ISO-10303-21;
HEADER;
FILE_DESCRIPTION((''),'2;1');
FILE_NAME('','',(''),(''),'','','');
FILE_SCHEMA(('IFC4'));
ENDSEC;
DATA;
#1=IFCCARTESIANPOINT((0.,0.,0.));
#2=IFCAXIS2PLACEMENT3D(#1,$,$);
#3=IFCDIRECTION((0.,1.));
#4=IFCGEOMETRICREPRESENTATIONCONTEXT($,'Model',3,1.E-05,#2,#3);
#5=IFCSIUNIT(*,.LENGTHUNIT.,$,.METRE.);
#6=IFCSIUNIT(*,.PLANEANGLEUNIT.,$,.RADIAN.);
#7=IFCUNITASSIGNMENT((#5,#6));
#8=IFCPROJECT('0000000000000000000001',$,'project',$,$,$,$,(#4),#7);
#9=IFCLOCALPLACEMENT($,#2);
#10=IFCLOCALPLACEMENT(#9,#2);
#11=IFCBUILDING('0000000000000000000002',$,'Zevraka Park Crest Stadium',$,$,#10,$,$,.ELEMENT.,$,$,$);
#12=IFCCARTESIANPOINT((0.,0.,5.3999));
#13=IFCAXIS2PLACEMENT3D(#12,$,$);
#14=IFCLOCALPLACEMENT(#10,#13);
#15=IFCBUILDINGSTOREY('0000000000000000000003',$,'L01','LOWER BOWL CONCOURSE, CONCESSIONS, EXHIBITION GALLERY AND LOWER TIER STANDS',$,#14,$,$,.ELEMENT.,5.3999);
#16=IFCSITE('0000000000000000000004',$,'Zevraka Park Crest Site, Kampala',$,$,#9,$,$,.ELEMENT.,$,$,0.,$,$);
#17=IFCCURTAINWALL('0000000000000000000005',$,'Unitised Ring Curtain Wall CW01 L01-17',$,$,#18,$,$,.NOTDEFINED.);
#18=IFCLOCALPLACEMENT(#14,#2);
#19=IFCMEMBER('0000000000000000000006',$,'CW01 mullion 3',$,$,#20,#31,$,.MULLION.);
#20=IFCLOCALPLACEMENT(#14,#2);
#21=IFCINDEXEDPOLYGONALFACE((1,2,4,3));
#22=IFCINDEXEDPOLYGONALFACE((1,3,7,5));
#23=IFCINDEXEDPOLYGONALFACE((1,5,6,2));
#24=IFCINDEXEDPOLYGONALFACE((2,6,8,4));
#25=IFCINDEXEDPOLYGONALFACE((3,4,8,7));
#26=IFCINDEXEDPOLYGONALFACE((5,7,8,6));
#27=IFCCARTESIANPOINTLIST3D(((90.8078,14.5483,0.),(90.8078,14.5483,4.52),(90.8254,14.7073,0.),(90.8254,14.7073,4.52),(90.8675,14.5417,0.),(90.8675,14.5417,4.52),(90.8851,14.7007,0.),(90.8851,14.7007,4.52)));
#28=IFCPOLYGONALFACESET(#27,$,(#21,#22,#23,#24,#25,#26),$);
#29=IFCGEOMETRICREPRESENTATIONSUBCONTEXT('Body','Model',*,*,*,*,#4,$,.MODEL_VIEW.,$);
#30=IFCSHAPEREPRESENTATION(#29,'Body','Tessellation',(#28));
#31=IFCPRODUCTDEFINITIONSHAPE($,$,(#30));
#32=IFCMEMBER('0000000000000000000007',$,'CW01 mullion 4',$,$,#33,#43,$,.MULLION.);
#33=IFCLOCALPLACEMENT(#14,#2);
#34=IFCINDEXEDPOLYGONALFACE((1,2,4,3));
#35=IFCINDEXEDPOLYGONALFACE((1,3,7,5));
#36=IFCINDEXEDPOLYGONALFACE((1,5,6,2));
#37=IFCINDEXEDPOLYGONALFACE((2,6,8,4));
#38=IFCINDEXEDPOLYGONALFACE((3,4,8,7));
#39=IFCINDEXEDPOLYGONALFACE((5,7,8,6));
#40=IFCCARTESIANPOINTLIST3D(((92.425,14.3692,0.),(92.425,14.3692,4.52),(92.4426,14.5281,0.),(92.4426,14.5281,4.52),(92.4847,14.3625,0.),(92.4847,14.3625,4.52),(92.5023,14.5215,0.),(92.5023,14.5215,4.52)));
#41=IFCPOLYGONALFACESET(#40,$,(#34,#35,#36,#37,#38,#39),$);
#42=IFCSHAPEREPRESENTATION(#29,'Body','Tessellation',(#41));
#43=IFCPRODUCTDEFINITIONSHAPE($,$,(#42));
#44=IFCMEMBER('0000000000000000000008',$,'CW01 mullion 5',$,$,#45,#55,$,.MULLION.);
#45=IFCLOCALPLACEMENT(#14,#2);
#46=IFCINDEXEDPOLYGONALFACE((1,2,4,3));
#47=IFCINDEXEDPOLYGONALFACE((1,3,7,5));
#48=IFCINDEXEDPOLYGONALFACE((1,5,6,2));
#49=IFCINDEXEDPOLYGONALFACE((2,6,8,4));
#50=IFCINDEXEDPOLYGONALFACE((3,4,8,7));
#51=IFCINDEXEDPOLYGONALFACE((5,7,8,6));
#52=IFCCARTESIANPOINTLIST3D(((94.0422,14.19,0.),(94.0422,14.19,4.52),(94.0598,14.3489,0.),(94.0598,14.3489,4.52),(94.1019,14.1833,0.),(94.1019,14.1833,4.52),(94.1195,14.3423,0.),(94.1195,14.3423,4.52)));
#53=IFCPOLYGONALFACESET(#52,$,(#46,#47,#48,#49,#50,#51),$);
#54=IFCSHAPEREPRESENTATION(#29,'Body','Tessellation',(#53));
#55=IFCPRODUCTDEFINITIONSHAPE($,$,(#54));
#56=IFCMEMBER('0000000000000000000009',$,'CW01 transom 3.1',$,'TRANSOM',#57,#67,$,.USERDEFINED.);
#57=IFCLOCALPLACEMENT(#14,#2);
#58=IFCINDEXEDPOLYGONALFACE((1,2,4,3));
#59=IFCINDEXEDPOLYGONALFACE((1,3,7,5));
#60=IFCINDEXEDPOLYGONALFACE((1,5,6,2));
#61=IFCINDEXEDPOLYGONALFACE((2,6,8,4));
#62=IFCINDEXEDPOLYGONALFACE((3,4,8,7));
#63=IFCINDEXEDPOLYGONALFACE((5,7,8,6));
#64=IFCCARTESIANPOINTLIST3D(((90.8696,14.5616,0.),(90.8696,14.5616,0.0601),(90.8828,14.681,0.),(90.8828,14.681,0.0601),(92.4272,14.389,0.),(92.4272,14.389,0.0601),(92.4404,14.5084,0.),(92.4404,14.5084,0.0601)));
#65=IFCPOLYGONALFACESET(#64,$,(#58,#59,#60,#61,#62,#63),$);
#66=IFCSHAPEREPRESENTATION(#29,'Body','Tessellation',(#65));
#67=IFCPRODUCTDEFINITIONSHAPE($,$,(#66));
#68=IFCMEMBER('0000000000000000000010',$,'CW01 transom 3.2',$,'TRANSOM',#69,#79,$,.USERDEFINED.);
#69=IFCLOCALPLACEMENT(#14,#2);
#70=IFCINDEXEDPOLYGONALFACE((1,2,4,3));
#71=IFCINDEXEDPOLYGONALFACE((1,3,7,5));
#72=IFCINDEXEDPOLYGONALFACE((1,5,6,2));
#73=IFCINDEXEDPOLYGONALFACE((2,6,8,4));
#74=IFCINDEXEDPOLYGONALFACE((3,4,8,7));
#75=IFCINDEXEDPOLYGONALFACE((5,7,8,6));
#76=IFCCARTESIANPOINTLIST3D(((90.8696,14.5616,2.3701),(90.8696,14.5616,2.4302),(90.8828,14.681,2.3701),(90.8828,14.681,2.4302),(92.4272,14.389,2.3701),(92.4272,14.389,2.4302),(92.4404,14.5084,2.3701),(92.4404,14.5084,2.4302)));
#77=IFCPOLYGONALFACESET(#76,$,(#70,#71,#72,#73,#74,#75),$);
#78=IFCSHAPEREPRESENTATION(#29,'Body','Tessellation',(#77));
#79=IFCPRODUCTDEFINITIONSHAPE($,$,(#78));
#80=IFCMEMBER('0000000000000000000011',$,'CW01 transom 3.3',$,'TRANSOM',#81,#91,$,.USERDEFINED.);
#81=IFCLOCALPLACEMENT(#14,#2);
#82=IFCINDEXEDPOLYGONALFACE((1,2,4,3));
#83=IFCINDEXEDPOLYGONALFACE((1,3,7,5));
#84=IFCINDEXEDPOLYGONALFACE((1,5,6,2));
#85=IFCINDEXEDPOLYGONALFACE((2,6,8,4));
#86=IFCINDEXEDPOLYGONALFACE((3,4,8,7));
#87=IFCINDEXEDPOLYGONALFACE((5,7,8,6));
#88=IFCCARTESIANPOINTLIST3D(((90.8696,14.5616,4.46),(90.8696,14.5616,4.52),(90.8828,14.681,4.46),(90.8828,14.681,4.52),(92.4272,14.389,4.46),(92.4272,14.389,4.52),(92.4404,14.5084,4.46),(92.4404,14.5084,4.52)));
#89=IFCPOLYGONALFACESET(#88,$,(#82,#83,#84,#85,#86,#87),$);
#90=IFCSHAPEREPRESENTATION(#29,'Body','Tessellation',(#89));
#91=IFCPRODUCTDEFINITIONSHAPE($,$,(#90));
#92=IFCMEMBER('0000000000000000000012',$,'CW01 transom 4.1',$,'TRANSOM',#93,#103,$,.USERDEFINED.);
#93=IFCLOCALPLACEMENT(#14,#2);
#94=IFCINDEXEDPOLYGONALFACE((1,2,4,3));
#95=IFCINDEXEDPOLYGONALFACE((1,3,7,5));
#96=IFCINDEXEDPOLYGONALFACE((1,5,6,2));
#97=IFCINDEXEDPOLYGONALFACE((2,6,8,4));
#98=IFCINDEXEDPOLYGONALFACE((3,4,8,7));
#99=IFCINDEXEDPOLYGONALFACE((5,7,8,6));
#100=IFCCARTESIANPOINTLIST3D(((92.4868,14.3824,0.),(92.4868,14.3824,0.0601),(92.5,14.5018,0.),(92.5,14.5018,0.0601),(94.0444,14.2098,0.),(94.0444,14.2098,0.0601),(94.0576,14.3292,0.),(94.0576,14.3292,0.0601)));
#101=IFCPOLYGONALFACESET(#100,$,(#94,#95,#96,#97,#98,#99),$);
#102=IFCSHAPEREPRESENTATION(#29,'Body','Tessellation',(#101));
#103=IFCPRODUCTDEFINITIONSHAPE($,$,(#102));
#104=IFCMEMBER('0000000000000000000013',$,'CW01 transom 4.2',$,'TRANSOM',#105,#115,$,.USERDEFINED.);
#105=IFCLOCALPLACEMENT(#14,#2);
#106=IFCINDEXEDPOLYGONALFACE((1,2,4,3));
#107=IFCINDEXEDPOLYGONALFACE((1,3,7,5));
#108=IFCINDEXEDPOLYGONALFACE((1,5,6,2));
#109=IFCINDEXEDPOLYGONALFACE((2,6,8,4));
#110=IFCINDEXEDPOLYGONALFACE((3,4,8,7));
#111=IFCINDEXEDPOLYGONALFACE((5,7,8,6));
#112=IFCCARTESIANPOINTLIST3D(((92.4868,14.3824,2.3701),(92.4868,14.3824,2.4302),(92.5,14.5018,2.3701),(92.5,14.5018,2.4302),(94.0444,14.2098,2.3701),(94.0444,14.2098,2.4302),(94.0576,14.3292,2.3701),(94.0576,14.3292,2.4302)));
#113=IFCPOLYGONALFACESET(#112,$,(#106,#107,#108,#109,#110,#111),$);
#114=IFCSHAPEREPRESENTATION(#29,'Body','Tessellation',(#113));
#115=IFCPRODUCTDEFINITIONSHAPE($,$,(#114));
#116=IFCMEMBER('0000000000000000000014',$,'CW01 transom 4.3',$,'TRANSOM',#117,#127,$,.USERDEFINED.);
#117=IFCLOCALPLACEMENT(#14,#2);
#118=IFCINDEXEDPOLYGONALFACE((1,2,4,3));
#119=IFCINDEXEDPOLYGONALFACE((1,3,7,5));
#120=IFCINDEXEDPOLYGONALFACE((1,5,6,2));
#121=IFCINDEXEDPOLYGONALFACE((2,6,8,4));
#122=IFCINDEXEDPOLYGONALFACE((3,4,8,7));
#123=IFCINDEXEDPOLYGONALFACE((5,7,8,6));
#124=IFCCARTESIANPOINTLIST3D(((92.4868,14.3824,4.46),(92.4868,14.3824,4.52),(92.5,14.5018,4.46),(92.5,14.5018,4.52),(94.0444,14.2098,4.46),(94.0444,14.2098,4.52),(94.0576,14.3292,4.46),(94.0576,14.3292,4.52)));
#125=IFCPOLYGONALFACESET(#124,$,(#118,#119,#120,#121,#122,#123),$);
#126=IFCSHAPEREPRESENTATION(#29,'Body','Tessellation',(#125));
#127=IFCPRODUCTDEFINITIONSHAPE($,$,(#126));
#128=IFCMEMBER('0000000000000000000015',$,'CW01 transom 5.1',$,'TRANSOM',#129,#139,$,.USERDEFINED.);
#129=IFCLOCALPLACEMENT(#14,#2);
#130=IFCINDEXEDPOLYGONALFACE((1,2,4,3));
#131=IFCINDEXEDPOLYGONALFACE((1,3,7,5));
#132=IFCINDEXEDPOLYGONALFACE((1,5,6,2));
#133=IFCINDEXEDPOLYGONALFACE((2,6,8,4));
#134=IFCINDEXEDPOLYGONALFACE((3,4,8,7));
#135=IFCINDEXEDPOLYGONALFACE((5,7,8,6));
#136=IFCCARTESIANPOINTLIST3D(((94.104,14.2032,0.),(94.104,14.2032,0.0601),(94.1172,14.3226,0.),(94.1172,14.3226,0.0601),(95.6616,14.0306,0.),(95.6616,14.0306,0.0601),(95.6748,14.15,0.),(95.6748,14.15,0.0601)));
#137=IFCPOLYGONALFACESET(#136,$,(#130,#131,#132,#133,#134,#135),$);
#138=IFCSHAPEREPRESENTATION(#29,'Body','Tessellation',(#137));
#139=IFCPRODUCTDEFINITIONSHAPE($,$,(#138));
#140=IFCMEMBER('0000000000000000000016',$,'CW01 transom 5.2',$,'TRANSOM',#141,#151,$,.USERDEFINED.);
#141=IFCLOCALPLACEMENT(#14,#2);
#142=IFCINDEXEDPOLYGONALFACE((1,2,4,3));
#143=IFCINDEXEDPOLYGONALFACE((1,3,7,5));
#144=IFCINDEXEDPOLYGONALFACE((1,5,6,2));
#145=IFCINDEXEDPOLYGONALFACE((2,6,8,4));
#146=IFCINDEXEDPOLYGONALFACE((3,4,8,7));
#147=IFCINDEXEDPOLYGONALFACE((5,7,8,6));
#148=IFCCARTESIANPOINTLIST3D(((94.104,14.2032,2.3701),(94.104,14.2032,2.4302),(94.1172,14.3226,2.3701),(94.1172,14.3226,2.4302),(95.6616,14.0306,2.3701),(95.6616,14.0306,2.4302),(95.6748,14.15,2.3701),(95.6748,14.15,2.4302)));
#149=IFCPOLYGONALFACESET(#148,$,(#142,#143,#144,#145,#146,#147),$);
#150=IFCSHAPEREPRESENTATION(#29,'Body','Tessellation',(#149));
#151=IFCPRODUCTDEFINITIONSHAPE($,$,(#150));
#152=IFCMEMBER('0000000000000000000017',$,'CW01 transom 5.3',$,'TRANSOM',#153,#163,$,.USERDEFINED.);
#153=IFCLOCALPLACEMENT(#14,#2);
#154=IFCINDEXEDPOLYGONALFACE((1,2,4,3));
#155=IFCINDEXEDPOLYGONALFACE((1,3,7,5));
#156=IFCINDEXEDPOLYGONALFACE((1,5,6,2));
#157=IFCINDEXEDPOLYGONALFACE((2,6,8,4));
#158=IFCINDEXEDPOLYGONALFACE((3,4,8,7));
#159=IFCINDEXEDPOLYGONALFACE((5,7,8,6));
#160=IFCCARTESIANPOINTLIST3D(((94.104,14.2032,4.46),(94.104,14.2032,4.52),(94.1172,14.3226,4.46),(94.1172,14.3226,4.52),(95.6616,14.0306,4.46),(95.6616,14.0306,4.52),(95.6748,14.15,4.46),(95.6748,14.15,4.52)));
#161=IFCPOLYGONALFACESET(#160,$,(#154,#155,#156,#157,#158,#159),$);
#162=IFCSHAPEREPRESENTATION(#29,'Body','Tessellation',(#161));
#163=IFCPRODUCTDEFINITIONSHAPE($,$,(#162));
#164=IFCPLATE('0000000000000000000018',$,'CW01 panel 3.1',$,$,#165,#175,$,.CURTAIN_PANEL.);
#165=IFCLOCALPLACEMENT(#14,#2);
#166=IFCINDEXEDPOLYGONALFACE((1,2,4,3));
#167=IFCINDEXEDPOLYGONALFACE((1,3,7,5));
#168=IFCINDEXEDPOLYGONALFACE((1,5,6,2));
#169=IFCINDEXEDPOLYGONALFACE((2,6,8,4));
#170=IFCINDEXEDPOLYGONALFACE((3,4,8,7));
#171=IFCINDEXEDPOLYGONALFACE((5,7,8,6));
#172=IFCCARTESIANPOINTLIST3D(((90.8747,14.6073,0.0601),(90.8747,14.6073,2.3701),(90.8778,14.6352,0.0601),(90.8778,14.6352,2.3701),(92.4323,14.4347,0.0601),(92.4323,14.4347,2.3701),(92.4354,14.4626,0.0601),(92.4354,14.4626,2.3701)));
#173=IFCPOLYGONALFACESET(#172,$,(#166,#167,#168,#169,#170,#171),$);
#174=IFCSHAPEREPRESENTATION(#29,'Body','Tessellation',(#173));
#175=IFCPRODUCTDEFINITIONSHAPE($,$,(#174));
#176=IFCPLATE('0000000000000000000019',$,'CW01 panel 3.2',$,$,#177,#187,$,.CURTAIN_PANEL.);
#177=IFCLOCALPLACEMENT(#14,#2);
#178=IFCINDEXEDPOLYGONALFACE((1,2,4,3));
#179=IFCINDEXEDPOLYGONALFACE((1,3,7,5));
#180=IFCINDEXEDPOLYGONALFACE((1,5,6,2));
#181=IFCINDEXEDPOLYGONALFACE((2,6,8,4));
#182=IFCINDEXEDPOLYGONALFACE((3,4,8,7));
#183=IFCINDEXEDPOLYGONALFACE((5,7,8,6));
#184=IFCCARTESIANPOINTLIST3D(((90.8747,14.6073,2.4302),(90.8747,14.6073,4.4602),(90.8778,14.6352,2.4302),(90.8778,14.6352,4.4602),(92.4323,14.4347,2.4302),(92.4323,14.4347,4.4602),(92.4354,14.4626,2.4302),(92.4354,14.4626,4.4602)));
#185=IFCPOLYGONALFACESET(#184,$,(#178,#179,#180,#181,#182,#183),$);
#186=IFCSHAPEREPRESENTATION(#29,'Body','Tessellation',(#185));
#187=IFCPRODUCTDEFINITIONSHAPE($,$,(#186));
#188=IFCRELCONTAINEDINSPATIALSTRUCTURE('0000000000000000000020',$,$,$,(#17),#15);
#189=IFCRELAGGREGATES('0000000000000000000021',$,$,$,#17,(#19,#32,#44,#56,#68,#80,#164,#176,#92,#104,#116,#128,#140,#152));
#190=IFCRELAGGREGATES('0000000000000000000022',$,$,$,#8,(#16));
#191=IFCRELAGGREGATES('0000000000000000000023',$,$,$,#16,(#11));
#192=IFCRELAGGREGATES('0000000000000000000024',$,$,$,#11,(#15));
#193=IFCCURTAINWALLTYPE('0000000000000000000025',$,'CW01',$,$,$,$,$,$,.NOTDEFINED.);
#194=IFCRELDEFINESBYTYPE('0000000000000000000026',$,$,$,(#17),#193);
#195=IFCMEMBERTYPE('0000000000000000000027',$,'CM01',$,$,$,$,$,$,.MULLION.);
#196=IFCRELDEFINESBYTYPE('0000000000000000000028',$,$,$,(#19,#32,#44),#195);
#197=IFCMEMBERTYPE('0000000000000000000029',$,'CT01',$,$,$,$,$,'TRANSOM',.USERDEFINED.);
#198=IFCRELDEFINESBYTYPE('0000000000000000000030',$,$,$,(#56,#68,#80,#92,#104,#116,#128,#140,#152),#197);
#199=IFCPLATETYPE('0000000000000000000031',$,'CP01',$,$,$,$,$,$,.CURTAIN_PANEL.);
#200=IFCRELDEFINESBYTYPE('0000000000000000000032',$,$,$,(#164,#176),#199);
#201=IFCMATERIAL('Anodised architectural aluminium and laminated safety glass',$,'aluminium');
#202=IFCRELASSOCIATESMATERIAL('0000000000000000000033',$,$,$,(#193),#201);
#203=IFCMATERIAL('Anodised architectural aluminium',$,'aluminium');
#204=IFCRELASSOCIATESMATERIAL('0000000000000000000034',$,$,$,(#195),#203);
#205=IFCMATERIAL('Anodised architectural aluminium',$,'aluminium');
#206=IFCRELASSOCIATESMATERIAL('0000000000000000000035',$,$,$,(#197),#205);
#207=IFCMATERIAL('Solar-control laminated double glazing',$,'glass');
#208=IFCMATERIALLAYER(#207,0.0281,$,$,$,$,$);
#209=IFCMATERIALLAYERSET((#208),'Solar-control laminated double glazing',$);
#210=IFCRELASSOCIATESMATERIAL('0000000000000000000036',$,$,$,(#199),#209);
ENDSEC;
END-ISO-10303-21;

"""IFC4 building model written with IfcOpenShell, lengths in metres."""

from ifc_helpers import new_model, si_unit, direction, frame, origin, origin_2d, place, context, subcontext, project, spatial, rectangle, extrude, material, layer, layer_set, material_profile, profile_set, type_object, element, aggregate, save


model = new_model("IFC4")

# Units and contexts
model_context = context("Model", 3, precision=1e-05, world=origin(), true_north=direction((0.0, 1.0)))
body_context = subcontext(model_context, "Body", "Model", "MODEL_VIEW")
ifc_project = project(units=[si_unit("LENGTHUNIT", "METRE"), si_unit("PLANEANGLEUNIT", "RADIAN")], contexts=[model_context])

# Site, building, storey
site_placement = place(None, origin())
site = spatial("IfcSite", under=ifc_project, at=site_placement, Name="Zevraka Park Crest Site, Kampala", CompositionType="ELEMENT", RefElevation=0.0)
building_placement = place(site_placement, origin())
building = spatial("IfcBuilding", under=site, at=building_placement, Name="Zevraka Park Crest Stadium", CompositionType="ELEMENT")
storey_placement = place(building_placement, frame((0.0, 0.0, 5.3999)))
storey = spatial("IfcBuildingStorey", under=building, at=storey_placement, Name="L01", Description="LOWER BOWL CONCOURSE, CONCESSIONS, EXHIBITION GALLERY AND LOWER TIER STANDS", CompositionType="ELEMENT", Elevation=5.3999)

# Curtain wall, members, plates
ifc_material_1 = material(Name="Anodised architectural aluminium and laminated safety glass", Category="aluminium")
curtain_wall_type = type_object("IfcCurtainWallType", Name="CW01", PredefinedType="NOTDEFINED", material=ifc_material_1)
curtain_wall_placement = place(storey_placement, origin())
curtain_wall = element("IfcCurtainWall", 1, at=curtain_wall_placement, inside=storey, type_object=curtain_wall_type, Name="Unitised Ring Curtain Wall CW01 L01-17", PredefinedType="NOTDEFINED")
ifc_material_2 = material(Name="Anodised architectural aluminium", Category="aluminium")
ifc_material_profile_1 = material_profile(ifc_material_2, rectangle(XDim=0.1599, YDim=0.0601, at=origin_2d()), Name="ALU MULLION 160x60")
ifc_profile_set_1 = profile_set([ifc_material_profile_1], Name="Anodised architectural aluminium")
member_type_1 = type_object("IfcMemberType", Name="CM01", PredefinedType="MULLION", material=ifc_profile_set_1)
member_1_placement = place(storey_placement, frame((90.8464, 14.6245, 0.0), z_axis=(0.0, 0.0, 1.0), x_axis=(0.110135, 0.993917, 0.0)))
member_1 = element("IfcMember", 2, at=member_1_placement, type_object=member_type_1, Name="CW01 mullion 3", PredefinedType="MULLION", context=body_context, shape_type="SweptSolid", body=[
    extrude(rectangle(XDim=0.1599, YDim=0.0601, at=origin_2d()), origin(), (0.0, 0.0, 1.0), 4.52),
])
member_2_placement = place(storey_placement, frame((92.4636, 14.4453, 0.0), z_axis=(0.0, 0.0, 1.0), x_axis=(0.110135, 0.993917, 0.0)))
member_2 = element("IfcMember", 3, at=member_2_placement, type_object=member_type_1, Name="CW01 mullion 4", PredefinedType="MULLION", context=body_context, shape_type="SweptSolid", body=[
    extrude(rectangle(XDim=0.1599, YDim=0.0601, at=origin_2d()), origin(), (0.0, 0.0, 1.0), 4.52),
])
member_3_placement = place(storey_placement, frame((94.0808, 14.2661, 0.0), z_axis=(0.0, 0.0, 1.0), x_axis=(0.110135, 0.993917, 0.0)))
member_3 = element("IfcMember", 4, at=member_3_placement, type_object=member_type_1, Name="CW01 mullion 5", PredefinedType="MULLION", context=body_context, shape_type="SweptSolid", body=[
    extrude(rectangle(XDim=0.1599, YDim=0.0601, at=origin_2d()), origin(), (0.0, 0.0, 1.0), 4.52),
])
ifc_material_3 = material(Name="Anodised architectural aluminium", Category="aluminium")
ifc_material_profile_2 = material_profile(ifc_material_3, rectangle(XDim=0.1201, YDim=0.0601, at=origin_2d()), Name="ALU TRANSOM 120x60")
ifc_profile_set_2 = profile_set([ifc_material_profile_2], Name="Anodised architectural aluminium")
member_type_2 = type_object("IfcMemberType", Name="CT01", ElementType="TRANSOM", PredefinedType="USERDEFINED", material=ifc_profile_set_2)
member_4_placement = place(storey_placement, frame((90.8762, 14.6213, 0.03), z_axis=(0.993916, -0.110141, 0.0), x_axis=(0.110141, 0.993916, 0.0)))
member_4 = element("IfcMember", 5, at=member_4_placement, type_object=member_type_2, Name="CW01 transom 3.1", ObjectType="TRANSOM", PredefinedType="USERDEFINED", context=body_context, shape_type="SweptSolid", body=[
    extrude(rectangle(XDim=0.1201, YDim=0.0601, at=origin_2d()), origin(), (0.0, 0.0, 1.0), 1.5671),
])
member_5_placement = place(storey_placement, frame((90.8762, 14.6213, 2.4001), z_axis=(0.993916, -0.110141, 0.0), x_axis=(0.110141, 0.993916, 0.0)))
member_5 = element("IfcMember", 6, at=member_5_placement, type_object=member_type_2, Name="CW01 transom 3.2", ObjectType="TRANSOM", PredefinedType="USERDEFINED", context=body_context, shape_type="SweptSolid", body=[
    extrude(rectangle(XDim=0.1201, YDim=0.0601, at=origin_2d()), origin(), (0.0, 0.0, 1.0), 1.5671),
])
member_6_placement = place(storey_placement, frame((90.8762, 14.6213, 4.49), z_axis=(0.993916, -0.110141, 0.0), x_axis=(0.110141, 0.993916, 0.0)))
member_6 = element("IfcMember", 7, at=member_6_placement, type_object=member_type_2, Name="CW01 transom 3.3", ObjectType="TRANSOM", PredefinedType="USERDEFINED", context=body_context, shape_type="SweptSolid", body=[
    extrude(rectangle(XDim=0.1201, YDim=0.0601, at=origin_2d()), origin(), (0.0, 0.0, 1.0), 1.5671),
])
member_7_placement = place(storey_placement, frame((92.4934, 14.4421, 0.03), z_axis=(0.993916, -0.110141, 0.0), x_axis=(0.110141, 0.993916, 0.0)))
member_7 = element("IfcMember", 8, at=member_7_placement, type_object=member_type_2, Name="CW01 transom 4.1", ObjectType="TRANSOM", PredefinedType="USERDEFINED", context=body_context, shape_type="SweptSolid", body=[
    extrude(rectangle(XDim=0.1201, YDim=0.0601, at=origin_2d()), origin(), (0.0, 0.0, 1.0), 1.5671),
])
member_8_placement = place(storey_placement, frame((92.4934, 14.4421, 2.4001), z_axis=(0.993916, -0.110141, 0.0), x_axis=(0.110141, 0.993916, 0.0)))
member_8 = element("IfcMember", 9, at=member_8_placement, type_object=member_type_2, Name="CW01 transom 4.2", ObjectType="TRANSOM", PredefinedType="USERDEFINED", context=body_context, shape_type="SweptSolid", body=[
    extrude(rectangle(XDim=0.1201, YDim=0.0601, at=origin_2d()), origin(), (0.0, 0.0, 1.0), 1.5671),
])
member_9_placement = place(storey_placement, frame((92.4934, 14.4421, 4.49), z_axis=(0.993916, -0.110141, 0.0), x_axis=(0.110141, 0.993916, 0.0)))
member_9 = element("IfcMember", 10, at=member_9_placement, type_object=member_type_2, Name="CW01 transom 4.3", ObjectType="TRANSOM", PredefinedType="USERDEFINED", context=body_context, shape_type="SweptSolid", body=[
    extrude(rectangle(XDim=0.1201, YDim=0.0601, at=origin_2d()), origin(), (0.0, 0.0, 1.0), 1.5671),
])
member_10_placement = place(storey_placement, frame((94.1106, 14.2629, 0.03), z_axis=(0.993916, -0.110141, 0.0), x_axis=(0.110141, 0.993916, 0.0)))
member_10 = element("IfcMember", 11, at=member_10_placement, type_object=member_type_2, Name="CW01 transom 5.1", ObjectType="TRANSOM", PredefinedType="USERDEFINED", context=body_context, shape_type="SweptSolid", body=[
    extrude(rectangle(XDim=0.1201, YDim=0.0601, at=origin_2d()), origin(), (0.0, 0.0, 1.0), 1.5671),
])
member_11_placement = place(storey_placement, frame((94.1106, 14.2629, 2.4001), z_axis=(0.993916, -0.110141, 0.0), x_axis=(0.110141, 0.993916, 0.0)))
member_11 = element("IfcMember", 12, at=member_11_placement, type_object=member_type_2, Name="CW01 transom 5.2", ObjectType="TRANSOM", PredefinedType="USERDEFINED", context=body_context, shape_type="SweptSolid", body=[
    extrude(rectangle(XDim=0.1201, YDim=0.0601, at=origin_2d()), origin(), (0.0, 0.0, 1.0), 1.5671),
])
member_12_placement = place(storey_placement, frame((94.1106, 14.2629, 4.49), z_axis=(0.993916, -0.110141, 0.0), x_axis=(0.110141, 0.993916, 0.0)))
member_12 = element("IfcMember", 13, at=member_12_placement, type_object=member_type_2, Name="CW01 transom 5.3", ObjectType="TRANSOM", PredefinedType="USERDEFINED", context=body_context, shape_type="SweptSolid", body=[
    extrude(rectangle(XDim=0.1201, YDim=0.0601, at=origin_2d()), origin(), (0.0, 0.0, 1.0), 1.5671),
])
ifc_material_4 = material(Name="Solar-control laminated double glazing", Category="glass")
ifc_layer_1 = layer(ifc_material_4, 0.0281)
ifc_layer_set_1 = layer_set([ifc_layer_1], Name="Solar-control laminated double glazing")
plate_type = type_object("IfcPlateType", Name="CP01", PredefinedType="CURTAIN_PANEL", material=ifc_layer_set_1)
plate_1_placement = place(storey_placement, frame((91.655, 14.5349, 0.0601), z_axis=(0.0, 0.0, 1.0), x_axis=(0.993917, -0.110135, 0.0)))
plate_1 = element("IfcPlate", 14, at=plate_1_placement, type_object=plate_type, Name="CW01 panel 3.1", PredefinedType="CURTAIN_PANEL", context=body_context, shape_type="SweptSolid", body=[
    extrude(rectangle(XDim=1.5671, YDim=0.0281, at=origin_2d()), origin(), (0.0, 0.0, 1.0), 2.3101),
])
plate_2_placement = place(storey_placement, frame((91.655, 14.5349, 2.4302), z_axis=(0.0, 0.0, 1.0), x_axis=(0.993917, -0.110135, 0.0)))
plate_2 = element("IfcPlate", 15, at=plate_2_placement, type_object=plate_type, Name="CW01 panel 3.2", PredefinedType="CURTAIN_PANEL", context=body_context, shape_type="SweptSolid", body=[
    extrude(rectangle(XDim=1.5671, YDim=0.0281, at=origin_2d()), origin(), (0.0, 0.0, 1.0), 2.03),
])
aggregate(curtain_wall, [member_1, member_2, member_3, member_4, member_5, member_6, plate_1, plate_2, member_7, member_8, member_9, member_10, member_11, member_12])

save(model, "model.ifc")
